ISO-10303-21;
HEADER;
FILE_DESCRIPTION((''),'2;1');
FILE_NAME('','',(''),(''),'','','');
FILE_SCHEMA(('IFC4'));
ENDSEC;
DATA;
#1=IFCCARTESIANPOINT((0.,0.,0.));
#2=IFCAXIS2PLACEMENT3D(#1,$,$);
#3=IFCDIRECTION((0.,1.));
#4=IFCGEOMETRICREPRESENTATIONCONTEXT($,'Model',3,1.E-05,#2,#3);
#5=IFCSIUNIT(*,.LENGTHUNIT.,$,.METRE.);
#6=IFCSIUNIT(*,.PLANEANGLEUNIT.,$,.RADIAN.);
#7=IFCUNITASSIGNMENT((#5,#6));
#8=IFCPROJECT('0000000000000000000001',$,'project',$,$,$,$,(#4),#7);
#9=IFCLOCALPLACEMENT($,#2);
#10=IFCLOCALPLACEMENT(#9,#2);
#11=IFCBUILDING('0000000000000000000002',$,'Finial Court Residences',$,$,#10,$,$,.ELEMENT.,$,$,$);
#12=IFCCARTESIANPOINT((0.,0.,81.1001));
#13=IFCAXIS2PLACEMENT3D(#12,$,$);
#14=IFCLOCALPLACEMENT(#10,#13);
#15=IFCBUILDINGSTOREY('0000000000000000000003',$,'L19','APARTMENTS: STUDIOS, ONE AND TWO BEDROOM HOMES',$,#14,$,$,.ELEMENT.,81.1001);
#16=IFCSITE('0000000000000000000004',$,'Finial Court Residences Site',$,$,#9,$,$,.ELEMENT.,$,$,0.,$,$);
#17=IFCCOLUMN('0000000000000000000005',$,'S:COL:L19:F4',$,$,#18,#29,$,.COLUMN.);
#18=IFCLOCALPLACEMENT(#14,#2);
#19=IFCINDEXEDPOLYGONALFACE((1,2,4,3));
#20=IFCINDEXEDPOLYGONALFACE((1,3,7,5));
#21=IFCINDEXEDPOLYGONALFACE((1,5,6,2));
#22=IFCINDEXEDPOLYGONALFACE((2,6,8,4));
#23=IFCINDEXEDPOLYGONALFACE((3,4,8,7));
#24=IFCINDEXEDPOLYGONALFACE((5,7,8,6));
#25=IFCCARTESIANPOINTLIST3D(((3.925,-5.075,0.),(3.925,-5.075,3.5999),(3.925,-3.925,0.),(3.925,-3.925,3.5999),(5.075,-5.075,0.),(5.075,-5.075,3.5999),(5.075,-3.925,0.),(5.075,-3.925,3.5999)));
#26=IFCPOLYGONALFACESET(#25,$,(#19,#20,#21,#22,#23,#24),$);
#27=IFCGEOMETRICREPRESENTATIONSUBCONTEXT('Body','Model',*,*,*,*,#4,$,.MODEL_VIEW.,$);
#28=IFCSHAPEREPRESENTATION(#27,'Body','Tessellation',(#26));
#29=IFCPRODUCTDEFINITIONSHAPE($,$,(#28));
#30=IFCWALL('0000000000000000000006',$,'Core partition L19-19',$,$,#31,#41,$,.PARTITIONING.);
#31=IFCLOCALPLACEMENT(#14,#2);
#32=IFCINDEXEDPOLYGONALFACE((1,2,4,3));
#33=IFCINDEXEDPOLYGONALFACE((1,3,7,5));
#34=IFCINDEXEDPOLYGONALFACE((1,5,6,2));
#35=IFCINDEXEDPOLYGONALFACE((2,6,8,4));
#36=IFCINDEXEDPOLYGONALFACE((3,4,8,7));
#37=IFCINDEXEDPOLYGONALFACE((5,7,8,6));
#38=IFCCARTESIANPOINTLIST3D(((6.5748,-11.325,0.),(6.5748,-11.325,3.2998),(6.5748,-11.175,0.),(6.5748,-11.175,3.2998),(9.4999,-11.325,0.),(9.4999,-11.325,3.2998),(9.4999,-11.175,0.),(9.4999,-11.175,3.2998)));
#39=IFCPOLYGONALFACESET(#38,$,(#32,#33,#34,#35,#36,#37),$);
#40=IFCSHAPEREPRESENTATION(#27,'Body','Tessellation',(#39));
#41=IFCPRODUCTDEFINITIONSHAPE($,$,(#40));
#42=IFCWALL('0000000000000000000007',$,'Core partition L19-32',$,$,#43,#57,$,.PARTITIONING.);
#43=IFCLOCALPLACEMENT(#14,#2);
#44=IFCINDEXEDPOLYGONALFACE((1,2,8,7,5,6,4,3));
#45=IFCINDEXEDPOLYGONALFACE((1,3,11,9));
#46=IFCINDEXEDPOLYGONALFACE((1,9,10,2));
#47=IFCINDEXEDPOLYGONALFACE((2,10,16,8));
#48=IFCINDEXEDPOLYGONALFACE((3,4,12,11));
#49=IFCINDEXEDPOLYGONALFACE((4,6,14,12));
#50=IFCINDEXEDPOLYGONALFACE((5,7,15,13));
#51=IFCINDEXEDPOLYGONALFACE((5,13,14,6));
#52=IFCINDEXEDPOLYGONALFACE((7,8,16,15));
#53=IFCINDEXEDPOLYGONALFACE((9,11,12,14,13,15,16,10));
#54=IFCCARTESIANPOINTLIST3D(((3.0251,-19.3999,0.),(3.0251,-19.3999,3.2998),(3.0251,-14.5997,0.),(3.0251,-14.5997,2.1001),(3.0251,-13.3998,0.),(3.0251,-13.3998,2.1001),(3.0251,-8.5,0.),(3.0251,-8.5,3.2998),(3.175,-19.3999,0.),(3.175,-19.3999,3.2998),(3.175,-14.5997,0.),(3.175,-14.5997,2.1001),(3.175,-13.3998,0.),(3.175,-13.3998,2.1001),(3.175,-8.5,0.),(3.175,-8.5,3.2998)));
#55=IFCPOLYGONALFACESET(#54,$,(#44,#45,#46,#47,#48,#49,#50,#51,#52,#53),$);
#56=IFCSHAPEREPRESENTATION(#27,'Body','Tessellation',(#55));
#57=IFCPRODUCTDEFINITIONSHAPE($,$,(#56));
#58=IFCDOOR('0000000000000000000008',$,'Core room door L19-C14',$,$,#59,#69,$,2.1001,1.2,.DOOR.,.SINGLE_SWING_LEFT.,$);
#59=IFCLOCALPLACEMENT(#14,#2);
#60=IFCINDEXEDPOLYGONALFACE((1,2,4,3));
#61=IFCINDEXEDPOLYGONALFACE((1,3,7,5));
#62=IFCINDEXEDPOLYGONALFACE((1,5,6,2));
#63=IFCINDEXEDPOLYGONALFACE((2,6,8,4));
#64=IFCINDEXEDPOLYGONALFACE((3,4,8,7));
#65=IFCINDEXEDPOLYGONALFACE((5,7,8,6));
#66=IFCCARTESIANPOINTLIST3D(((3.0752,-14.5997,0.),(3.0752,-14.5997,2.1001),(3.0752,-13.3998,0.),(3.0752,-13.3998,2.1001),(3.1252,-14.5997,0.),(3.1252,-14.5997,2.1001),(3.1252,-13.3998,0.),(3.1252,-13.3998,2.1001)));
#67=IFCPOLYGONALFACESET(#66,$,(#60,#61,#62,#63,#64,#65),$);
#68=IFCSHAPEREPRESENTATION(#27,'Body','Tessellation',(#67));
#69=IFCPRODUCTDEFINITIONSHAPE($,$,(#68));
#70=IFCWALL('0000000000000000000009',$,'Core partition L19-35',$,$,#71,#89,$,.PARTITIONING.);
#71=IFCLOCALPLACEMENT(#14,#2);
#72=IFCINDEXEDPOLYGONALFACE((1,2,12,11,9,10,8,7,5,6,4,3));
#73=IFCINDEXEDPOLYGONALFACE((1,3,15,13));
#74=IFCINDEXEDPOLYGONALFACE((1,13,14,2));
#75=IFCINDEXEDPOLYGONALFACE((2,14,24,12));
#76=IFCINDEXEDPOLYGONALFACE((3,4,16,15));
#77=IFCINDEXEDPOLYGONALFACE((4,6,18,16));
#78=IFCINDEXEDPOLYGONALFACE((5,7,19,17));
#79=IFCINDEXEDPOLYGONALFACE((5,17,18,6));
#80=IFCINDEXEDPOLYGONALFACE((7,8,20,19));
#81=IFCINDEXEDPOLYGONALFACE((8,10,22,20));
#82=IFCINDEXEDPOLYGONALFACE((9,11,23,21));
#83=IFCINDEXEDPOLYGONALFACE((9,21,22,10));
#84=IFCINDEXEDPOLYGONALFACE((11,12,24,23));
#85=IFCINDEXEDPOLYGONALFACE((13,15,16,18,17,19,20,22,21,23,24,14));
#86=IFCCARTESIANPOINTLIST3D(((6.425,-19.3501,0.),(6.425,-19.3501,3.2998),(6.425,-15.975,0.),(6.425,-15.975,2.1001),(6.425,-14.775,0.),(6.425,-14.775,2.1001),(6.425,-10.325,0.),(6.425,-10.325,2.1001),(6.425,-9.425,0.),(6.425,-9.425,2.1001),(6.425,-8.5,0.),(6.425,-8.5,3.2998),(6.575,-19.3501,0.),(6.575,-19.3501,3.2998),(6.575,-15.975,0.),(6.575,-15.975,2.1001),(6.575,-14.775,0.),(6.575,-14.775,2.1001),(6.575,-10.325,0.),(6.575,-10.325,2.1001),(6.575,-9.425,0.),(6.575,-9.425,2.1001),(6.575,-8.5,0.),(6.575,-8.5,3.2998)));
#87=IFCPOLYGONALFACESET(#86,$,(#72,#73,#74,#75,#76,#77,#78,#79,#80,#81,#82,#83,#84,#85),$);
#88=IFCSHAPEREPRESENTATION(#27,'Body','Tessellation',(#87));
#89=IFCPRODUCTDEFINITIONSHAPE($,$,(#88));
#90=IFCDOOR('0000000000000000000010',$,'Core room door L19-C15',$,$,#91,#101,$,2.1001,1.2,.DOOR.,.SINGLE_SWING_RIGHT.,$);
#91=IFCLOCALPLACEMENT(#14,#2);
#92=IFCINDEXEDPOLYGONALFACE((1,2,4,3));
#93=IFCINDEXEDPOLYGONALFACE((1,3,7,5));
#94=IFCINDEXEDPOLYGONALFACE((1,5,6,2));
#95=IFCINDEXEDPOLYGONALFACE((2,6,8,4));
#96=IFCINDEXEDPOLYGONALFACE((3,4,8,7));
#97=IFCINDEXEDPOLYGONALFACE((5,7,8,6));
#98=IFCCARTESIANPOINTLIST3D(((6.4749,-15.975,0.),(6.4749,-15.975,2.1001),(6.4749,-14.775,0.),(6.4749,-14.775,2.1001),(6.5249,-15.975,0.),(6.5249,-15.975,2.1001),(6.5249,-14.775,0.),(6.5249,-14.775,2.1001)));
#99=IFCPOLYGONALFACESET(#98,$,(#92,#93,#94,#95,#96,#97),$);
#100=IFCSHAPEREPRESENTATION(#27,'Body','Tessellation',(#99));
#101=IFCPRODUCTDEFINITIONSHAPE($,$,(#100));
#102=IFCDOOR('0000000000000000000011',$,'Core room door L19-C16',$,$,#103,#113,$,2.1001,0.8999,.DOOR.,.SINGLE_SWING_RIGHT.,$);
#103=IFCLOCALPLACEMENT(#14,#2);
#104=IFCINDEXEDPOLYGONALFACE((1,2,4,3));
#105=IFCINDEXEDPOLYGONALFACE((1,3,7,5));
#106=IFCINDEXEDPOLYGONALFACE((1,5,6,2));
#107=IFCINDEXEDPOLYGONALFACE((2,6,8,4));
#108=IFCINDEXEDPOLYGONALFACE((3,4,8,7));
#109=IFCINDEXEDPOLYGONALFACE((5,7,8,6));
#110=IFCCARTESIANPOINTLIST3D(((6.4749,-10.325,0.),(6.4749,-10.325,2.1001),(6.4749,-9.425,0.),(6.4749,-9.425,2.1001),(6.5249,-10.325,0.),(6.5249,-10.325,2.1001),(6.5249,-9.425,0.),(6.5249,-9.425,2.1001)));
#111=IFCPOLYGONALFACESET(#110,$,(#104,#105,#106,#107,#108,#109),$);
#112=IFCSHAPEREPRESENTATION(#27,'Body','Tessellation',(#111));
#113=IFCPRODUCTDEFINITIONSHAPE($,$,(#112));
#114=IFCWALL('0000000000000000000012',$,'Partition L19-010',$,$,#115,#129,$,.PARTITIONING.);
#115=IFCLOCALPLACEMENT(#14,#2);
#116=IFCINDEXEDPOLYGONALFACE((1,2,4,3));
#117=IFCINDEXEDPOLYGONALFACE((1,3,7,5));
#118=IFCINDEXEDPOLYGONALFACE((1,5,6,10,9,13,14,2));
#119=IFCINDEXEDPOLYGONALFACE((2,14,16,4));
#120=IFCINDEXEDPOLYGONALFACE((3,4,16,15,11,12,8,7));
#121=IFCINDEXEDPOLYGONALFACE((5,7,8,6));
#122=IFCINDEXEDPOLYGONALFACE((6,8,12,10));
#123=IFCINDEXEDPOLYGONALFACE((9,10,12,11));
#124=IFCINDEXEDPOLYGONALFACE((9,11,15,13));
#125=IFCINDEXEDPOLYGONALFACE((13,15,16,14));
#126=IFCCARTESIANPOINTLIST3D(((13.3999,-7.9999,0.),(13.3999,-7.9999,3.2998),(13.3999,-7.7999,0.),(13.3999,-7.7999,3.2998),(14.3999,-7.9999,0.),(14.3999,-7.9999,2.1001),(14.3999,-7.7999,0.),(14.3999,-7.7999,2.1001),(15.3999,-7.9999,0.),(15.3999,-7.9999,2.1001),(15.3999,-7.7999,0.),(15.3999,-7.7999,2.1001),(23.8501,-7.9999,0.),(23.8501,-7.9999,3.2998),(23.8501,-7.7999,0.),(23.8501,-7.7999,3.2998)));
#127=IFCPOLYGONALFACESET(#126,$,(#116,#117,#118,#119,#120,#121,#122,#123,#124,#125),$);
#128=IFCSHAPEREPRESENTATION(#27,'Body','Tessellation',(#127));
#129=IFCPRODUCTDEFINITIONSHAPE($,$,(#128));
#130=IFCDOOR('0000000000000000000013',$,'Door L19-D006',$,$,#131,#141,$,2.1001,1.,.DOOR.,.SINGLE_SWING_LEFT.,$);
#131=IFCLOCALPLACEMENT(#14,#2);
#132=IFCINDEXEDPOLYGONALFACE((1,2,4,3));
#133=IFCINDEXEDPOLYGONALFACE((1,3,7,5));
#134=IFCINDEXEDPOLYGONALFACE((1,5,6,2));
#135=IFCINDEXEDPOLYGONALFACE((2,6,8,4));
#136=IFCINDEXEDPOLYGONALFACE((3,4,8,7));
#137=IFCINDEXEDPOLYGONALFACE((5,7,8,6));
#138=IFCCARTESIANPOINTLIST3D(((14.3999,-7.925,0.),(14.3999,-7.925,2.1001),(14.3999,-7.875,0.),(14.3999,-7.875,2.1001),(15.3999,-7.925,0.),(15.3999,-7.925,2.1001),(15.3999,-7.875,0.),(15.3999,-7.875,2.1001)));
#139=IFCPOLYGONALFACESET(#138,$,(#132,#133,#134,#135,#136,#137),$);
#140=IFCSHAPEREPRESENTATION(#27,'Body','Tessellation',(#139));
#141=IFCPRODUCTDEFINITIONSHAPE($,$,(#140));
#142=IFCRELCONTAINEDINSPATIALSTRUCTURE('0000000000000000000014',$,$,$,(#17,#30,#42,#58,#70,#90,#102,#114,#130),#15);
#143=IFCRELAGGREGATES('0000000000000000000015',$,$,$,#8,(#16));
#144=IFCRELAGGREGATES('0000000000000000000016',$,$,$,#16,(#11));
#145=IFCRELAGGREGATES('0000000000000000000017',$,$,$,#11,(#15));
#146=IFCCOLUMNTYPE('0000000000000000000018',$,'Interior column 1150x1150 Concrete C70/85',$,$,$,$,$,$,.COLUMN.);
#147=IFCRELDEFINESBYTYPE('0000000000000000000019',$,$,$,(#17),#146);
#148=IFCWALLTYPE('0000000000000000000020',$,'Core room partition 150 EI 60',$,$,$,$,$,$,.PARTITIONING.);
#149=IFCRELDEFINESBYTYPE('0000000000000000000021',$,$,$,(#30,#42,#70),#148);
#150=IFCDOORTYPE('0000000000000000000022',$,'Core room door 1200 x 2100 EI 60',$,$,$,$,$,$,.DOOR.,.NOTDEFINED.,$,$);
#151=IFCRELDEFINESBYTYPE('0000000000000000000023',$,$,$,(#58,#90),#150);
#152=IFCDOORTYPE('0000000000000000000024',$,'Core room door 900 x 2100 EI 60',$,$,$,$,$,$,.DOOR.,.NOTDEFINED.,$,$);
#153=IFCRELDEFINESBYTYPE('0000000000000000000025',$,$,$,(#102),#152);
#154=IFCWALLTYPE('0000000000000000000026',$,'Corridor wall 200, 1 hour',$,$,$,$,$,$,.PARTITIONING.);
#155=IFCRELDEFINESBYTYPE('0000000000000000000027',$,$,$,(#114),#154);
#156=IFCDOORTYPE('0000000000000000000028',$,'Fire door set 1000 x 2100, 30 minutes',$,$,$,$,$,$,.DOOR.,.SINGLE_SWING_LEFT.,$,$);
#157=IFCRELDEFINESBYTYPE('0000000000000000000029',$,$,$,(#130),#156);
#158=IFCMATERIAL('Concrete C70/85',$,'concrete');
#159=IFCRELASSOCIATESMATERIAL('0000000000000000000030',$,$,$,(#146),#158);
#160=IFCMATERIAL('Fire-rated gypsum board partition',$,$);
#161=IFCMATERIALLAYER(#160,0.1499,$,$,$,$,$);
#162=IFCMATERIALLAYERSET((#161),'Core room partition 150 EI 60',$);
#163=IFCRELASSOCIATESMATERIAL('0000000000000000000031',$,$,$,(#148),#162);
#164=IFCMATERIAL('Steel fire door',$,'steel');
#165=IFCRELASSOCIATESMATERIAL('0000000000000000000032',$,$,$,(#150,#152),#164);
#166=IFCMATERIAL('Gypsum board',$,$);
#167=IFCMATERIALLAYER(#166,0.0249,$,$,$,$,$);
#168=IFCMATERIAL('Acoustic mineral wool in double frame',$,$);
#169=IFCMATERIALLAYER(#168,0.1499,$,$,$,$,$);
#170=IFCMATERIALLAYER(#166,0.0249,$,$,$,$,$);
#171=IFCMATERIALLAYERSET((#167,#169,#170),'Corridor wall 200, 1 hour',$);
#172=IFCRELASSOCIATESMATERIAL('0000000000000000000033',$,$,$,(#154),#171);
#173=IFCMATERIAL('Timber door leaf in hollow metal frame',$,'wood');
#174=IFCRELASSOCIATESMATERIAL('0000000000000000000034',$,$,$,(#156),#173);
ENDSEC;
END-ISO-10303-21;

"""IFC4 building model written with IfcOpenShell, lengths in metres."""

from ifc_helpers import new_model, si_unit, direction, frame, frame_2d, origin, origin_2d, place, context, subcontext, project, spatial, rectangle, extrude, material, layer, layer_set, material_profile, profile_set, type_object, element, fill, save


model = new_model("IFC4")

# Units and contexts
model_context = context("Model", 3, precision=1e-05, world=origin(), true_north=direction((0.0, 1.0)))
body_context = subcontext(model_context, "Body", "Model", "MODEL_VIEW")
ifc_project = project(units=[si_unit("LENGTHUNIT", "METRE"), si_unit("PLANEANGLEUNIT", "RADIAN")], contexts=[model_context])

# Site, building, storey
site_placement = place(None, origin())
site = spatial("IfcSite", under=ifc_project, at=site_placement, Name="Finial Court Residences Site", CompositionType="ELEMENT", RefElevation=0.0)
building_placement = place(site_placement, origin())
building = spatial("IfcBuilding", under=site, at=building_placement, Name="Finial Court Residences", CompositionType="ELEMENT")
storey_placement = place(building_placement, frame((0.0, 0.0, 81.1001)))
storey = spatial("IfcBuildingStorey", under=building, at=storey_placement, Name="L19", Description="APARTMENTS: STUDIOS, ONE AND TWO BEDROOM HOMES", CompositionType="ELEMENT", Elevation=81.1001)

# Column
ifc_material_1 = material(Name="Concrete C70/85", Category="concrete")
ifc_material_profile = material_profile(ifc_material_1, rectangle(XDim=1.1499, YDim=1.1499, at=origin_2d()), Name="1150x1150")
ifc_profile_set = profile_set([ifc_material_profile], Name="Concrete C70/85")
column_type = type_object("IfcColumnType", Name="Interior column 1150x1150 Concrete C70/85", PredefinedType="COLUMN", material=ifc_profile_set)
column_placement = place(storey_placement, frame((4.5, -4.5, 0.0), z_axis=(0.0, 0.0, 1.0), x_axis=(1.0, 0.0, 0.0)))
element("IfcColumn", 1, at=column_placement, inside=storey, type_object=column_type, Name="S:COL:L19:F4", PredefinedType="COLUMN", context=body_context, shape_type="SweptSolid", body=[
    extrude(rectangle(XDim=1.1499, YDim=1.1499, at=origin_2d()), origin(), (0.0, 0.0, 1.0), 3.5999),
])

# Wall
ifc_material_2 = material(Name="Fire-rated gypsum board partition")
ifc_layer_1 = layer(ifc_material_2, 0.1499)
ifc_layer_set_1 = layer_set([ifc_layer_1], Name="Core room partition 150 EI 60")
wall_type_1 = type_object("IfcWallType", Name="Core room partition 150 EI 60", PredefinedType="PARTITIONING", material=ifc_layer_set_1)
wall_1_placement = place(storey_placement, frame((6.575, -11.25, 0.0), z_axis=(0.0, 0.0, 1.0), x_axis=(1.0, 0.0, 0.0)))
element("IfcWall", 2, at=wall_1_placement, inside=storey, type_object=wall_type_1, Name="Core partition L19-19", PredefinedType="PARTITIONING", context=body_context, shape_type="SweptSolid", body=[
    extrude(rectangle(XDim=2.925, YDim=0.1499, at=frame_2d((1.4624, 0.0))), origin(), (0.0, 0.0, 1.0), 3.2998),
])

# Wall, opening, door
wall_2_placement = place(storey_placement, frame((3.1001, -19.3999, 0.0), z_axis=(0.0, 0.0, 1.0), x_axis=(0.0, 1.0, 0.0)))
wall_2 = element("IfcWall", 3, at=wall_2_placement, inside=storey, type_object=wall_type_1, Name="Core partition L19-32", PredefinedType="PARTITIONING", context=body_context, shape_type="SweptSolid", body=[
    extrude(rectangle(XDim=10.8999, YDim=0.1499, at=frame_2d((5.45, 0.0))), origin(), (0.0, 0.0, 1.0), 3.2998),
])
opening_1_placement = place(wall_2_placement, frame((4.8, 0.0, 0.0)))
opening_1 = element("IfcOpeningElement", 4, at=opening_1_placement, cuts=wall_2, PredefinedType="OPENING", context=body_context, shape_type="SweptSolid", body=[
    extrude(rectangle(XDim=1.2, YDim=2.1001, at=frame_2d((0.6001, 1.05))), frame((0.0, 0.085, 0.0), z_axis=(0.0, -1.0, 0.0), x_axis=(1.0, 0.0, 0.0)), (0.0, 0.0, 1.0), 0.1699),
])
ifc_material_3 = material(Name="Steel fire door", Category="steel")
door_type_1 = type_object("IfcDoorType", Name="Core room door 1200 x 2100 EI 60", OperationType="NOTDEFINED", PredefinedType="DOOR", material=ifc_material_3)
door_1_placement = place(opening_1_placement, origin())
door_1 = element("IfcDoor", 5, at=door_1_placement, inside=storey, type_object=door_type_1, Name="Core room door L19-C14", OperationType="SINGLE_SWING_LEFT", OverallHeight=2.1001, OverallWidth=1.2, PredefinedType="DOOR", context=body_context, shape_type="SweptSolid", body=[
    extrude(rectangle(XDim=1.2, YDim=2.1001, at=frame_2d((0.6001, 1.05))), frame((0.0, 0.0249, 0.0), z_axis=(0.0, -1.0, 0.0), x_axis=(1.0, 0.0, 0.0)), (0.0, 0.0, 1.0), 0.05),
])
fill(opening_1, door_1)

# Wall, openings, doors
wall_3_placement = place(storey_placement, frame((6.5, -8.5, 0.0), z_axis=(0.0, 0.0, 1.0), x_axis=(0.0, -1.0, 0.0)))
wall_3 = element("IfcWall", 6, at=wall_3_placement, inside=storey, type_object=wall_type_1, Name="Core partition L19-35", PredefinedType="PARTITIONING", context=body_context, shape_type="SweptSolid", body=[
    extrude(rectangle(XDim=10.8501, YDim=0.1499, at=frame_2d((5.425, 0.0))), origin(), (0.0, 0.0, 1.0), 3.2998),
])
opening_2_placement = place(wall_3_placement, frame((6.2749, 0.0, 0.0)))
opening_2 = element("IfcOpeningElement", 7, at=opening_2_placement, cuts=wall_3, PredefinedType="OPENING", context=body_context, shape_type="SweptSolid", body=[
    extrude(rectangle(XDim=1.2, YDim=2.1001, at=frame_2d((0.6001, 1.05))), frame((0.0, 0.085, 0.0), z_axis=(0.0, -1.0, 0.0), x_axis=(1.0, 0.0, 0.0)), (0.0, 0.0, 1.0), 0.1699),
])
opening_3_placement = place(wall_3_placement, frame((0.925, 0.0, 0.0)))
opening_3 = element("IfcOpeningElement", 8, at=opening_3_placement, cuts=wall_3, PredefinedType="OPENING", context=body_context, shape_type="SweptSolid", body=[
    extrude(rectangle(XDim=0.8999, YDim=2.1001, at=frame_2d((0.45, 1.05))), frame((0.0, 0.085, 0.0), z_axis=(0.0, -1.0, 0.0), x_axis=(1.0, 0.0, 0.0)), (0.0, 0.0, 1.0), 0.1699),
])
door_2_placement = place(opening_2_placement, origin())
door_2 = element("IfcDoor", 9, at=door_2_placement, inside=storey, type_object=door_type_1, Name="Core room door L19-C15", OperationType="SINGLE_SWING_RIGHT", OverallHeight=2.1001, OverallWidth=1.2, PredefinedType="DOOR", context=body_context, shape_type="SweptSolid", body=[
    extrude(rectangle(XDim=1.2, YDim=2.1001, at=frame_2d((0.6001, 1.05))), frame((0.0, 0.0249, 0.0), z_axis=(0.0, -1.0, 0.0), x_axis=(1.0, 0.0, 0.0)), (0.0, 0.0, 1.0), 0.05),
])
fill(opening_2, door_2)
door_type_2 = type_object("IfcDoorType", Name="Core room door 900 x 2100 EI 60", OperationType="NOTDEFINED", PredefinedType="DOOR", material=ifc_material_3)
door_3_placement = place(opening_3_placement, origin())
door_3 = element("IfcDoor", 10, at=door_3_placement, inside=storey, type_object=door_type_2, Name="Core room door L19-C16", OperationType="SINGLE_SWING_RIGHT", OverallHeight=2.1001, OverallWidth=0.8999, PredefinedType="DOOR", context=body_context, shape_type="SweptSolid", body=[
    extrude(rectangle(XDim=0.8999, YDim=2.1001, at=frame_2d((0.45, 1.05))), frame((0.0, 0.0249, 0.0), z_axis=(0.0, -1.0, 0.0), x_axis=(1.0, 0.0, 0.0)), (0.0, 0.0, 1.0), 0.05),
])
fill(opening_3, door_3)

# Wall, opening, door
ifc_material_4 = material(Name="Gypsum board")
ifc_layer_2 = layer(ifc_material_4, 0.0249)
ifc_material_5 = material(Name="Acoustic mineral wool in double frame")
ifc_layer_3 = layer(ifc_material_5, 0.1499)
ifc_layer_4 = layer(ifc_material_4, 0.0249)
ifc_layer_set_2 = layer_set([ifc_layer_2, ifc_layer_3, ifc_layer_4], Name="Corridor wall 200, 1 hour")
wall_type_2 = type_object("IfcWallType", Name="Corridor wall 200, 1 hour", PredefinedType="PARTITIONING", material=ifc_layer_set_2)
wall_4_placement = place(storey_placement, frame((13.3999, -7.8999, 0.0), z_axis=(0.0, 0.0, 1.0), x_axis=(1.0, 0.0, 0.0)))
wall_4 = element("IfcWall", 11, at=wall_4_placement, inside=storey, type_object=wall_type_2, Name="Partition L19-010", PredefinedType="PARTITIONING", context=body_context, shape_type="SweptSolid", body=[
    extrude(rectangle(XDim=10.4502, YDim=0.2, at=frame_2d((5.2251, 0.0))), origin(), (0.0, 0.0, 1.0), 3.2998),
])
opening_4_placement = place(wall_4_placement, frame((1.0, 0.0, 0.0)))
opening_4 = element("IfcOpeningElement", 12, at=opening_4_placement, cuts=wall_4, PredefinedType="OPENING", context=body_context, shape_type="SweptSolid", body=[
    extrude(rectangle(XDim=1.0, YDim=2.1001, at=frame_2d((0.5, 1.05))), frame((0.0, 0.1099, 0.0), z_axis=(0.0, -1.0, 0.0), x_axis=(1.0, 0.0, 0.0)), (0.0, 0.0, 1.0), 0.22),
])
ifc_material_6 = material(Name="Timber door leaf in hollow metal frame", Category="wood")
door_type_3 = type_object("IfcDoorType", Name="Fire door set 1000 x 2100, 30 minutes", OperationType="SINGLE_SWING_LEFT", PredefinedType="DOOR", material=ifc_material_6)
door_4_placement = place(opening_4_placement, origin())
door_4 = element("IfcDoor", 13, at=door_4_placement, inside=storey, type_object=door_type_3, Name="Door L19-D006", OperationType="SINGLE_SWING_LEFT", OverallHeight=2.1001, OverallWidth=1.0, PredefinedType="DOOR", context=body_context, shape_type="SweptSolid", body=[
    extrude(rectangle(XDim=1.0, YDim=2.1001, at=frame_2d((0.5, 1.05))), frame((0.0, 0.0249, 0.0), z_axis=(0.0, -1.0, 0.0), x_axis=(1.0, 0.0, 0.0)), (0.0, 0.0, 1.0), 0.05),
])
fill(opening_4, door_4)

save(model, "model.ifc")
